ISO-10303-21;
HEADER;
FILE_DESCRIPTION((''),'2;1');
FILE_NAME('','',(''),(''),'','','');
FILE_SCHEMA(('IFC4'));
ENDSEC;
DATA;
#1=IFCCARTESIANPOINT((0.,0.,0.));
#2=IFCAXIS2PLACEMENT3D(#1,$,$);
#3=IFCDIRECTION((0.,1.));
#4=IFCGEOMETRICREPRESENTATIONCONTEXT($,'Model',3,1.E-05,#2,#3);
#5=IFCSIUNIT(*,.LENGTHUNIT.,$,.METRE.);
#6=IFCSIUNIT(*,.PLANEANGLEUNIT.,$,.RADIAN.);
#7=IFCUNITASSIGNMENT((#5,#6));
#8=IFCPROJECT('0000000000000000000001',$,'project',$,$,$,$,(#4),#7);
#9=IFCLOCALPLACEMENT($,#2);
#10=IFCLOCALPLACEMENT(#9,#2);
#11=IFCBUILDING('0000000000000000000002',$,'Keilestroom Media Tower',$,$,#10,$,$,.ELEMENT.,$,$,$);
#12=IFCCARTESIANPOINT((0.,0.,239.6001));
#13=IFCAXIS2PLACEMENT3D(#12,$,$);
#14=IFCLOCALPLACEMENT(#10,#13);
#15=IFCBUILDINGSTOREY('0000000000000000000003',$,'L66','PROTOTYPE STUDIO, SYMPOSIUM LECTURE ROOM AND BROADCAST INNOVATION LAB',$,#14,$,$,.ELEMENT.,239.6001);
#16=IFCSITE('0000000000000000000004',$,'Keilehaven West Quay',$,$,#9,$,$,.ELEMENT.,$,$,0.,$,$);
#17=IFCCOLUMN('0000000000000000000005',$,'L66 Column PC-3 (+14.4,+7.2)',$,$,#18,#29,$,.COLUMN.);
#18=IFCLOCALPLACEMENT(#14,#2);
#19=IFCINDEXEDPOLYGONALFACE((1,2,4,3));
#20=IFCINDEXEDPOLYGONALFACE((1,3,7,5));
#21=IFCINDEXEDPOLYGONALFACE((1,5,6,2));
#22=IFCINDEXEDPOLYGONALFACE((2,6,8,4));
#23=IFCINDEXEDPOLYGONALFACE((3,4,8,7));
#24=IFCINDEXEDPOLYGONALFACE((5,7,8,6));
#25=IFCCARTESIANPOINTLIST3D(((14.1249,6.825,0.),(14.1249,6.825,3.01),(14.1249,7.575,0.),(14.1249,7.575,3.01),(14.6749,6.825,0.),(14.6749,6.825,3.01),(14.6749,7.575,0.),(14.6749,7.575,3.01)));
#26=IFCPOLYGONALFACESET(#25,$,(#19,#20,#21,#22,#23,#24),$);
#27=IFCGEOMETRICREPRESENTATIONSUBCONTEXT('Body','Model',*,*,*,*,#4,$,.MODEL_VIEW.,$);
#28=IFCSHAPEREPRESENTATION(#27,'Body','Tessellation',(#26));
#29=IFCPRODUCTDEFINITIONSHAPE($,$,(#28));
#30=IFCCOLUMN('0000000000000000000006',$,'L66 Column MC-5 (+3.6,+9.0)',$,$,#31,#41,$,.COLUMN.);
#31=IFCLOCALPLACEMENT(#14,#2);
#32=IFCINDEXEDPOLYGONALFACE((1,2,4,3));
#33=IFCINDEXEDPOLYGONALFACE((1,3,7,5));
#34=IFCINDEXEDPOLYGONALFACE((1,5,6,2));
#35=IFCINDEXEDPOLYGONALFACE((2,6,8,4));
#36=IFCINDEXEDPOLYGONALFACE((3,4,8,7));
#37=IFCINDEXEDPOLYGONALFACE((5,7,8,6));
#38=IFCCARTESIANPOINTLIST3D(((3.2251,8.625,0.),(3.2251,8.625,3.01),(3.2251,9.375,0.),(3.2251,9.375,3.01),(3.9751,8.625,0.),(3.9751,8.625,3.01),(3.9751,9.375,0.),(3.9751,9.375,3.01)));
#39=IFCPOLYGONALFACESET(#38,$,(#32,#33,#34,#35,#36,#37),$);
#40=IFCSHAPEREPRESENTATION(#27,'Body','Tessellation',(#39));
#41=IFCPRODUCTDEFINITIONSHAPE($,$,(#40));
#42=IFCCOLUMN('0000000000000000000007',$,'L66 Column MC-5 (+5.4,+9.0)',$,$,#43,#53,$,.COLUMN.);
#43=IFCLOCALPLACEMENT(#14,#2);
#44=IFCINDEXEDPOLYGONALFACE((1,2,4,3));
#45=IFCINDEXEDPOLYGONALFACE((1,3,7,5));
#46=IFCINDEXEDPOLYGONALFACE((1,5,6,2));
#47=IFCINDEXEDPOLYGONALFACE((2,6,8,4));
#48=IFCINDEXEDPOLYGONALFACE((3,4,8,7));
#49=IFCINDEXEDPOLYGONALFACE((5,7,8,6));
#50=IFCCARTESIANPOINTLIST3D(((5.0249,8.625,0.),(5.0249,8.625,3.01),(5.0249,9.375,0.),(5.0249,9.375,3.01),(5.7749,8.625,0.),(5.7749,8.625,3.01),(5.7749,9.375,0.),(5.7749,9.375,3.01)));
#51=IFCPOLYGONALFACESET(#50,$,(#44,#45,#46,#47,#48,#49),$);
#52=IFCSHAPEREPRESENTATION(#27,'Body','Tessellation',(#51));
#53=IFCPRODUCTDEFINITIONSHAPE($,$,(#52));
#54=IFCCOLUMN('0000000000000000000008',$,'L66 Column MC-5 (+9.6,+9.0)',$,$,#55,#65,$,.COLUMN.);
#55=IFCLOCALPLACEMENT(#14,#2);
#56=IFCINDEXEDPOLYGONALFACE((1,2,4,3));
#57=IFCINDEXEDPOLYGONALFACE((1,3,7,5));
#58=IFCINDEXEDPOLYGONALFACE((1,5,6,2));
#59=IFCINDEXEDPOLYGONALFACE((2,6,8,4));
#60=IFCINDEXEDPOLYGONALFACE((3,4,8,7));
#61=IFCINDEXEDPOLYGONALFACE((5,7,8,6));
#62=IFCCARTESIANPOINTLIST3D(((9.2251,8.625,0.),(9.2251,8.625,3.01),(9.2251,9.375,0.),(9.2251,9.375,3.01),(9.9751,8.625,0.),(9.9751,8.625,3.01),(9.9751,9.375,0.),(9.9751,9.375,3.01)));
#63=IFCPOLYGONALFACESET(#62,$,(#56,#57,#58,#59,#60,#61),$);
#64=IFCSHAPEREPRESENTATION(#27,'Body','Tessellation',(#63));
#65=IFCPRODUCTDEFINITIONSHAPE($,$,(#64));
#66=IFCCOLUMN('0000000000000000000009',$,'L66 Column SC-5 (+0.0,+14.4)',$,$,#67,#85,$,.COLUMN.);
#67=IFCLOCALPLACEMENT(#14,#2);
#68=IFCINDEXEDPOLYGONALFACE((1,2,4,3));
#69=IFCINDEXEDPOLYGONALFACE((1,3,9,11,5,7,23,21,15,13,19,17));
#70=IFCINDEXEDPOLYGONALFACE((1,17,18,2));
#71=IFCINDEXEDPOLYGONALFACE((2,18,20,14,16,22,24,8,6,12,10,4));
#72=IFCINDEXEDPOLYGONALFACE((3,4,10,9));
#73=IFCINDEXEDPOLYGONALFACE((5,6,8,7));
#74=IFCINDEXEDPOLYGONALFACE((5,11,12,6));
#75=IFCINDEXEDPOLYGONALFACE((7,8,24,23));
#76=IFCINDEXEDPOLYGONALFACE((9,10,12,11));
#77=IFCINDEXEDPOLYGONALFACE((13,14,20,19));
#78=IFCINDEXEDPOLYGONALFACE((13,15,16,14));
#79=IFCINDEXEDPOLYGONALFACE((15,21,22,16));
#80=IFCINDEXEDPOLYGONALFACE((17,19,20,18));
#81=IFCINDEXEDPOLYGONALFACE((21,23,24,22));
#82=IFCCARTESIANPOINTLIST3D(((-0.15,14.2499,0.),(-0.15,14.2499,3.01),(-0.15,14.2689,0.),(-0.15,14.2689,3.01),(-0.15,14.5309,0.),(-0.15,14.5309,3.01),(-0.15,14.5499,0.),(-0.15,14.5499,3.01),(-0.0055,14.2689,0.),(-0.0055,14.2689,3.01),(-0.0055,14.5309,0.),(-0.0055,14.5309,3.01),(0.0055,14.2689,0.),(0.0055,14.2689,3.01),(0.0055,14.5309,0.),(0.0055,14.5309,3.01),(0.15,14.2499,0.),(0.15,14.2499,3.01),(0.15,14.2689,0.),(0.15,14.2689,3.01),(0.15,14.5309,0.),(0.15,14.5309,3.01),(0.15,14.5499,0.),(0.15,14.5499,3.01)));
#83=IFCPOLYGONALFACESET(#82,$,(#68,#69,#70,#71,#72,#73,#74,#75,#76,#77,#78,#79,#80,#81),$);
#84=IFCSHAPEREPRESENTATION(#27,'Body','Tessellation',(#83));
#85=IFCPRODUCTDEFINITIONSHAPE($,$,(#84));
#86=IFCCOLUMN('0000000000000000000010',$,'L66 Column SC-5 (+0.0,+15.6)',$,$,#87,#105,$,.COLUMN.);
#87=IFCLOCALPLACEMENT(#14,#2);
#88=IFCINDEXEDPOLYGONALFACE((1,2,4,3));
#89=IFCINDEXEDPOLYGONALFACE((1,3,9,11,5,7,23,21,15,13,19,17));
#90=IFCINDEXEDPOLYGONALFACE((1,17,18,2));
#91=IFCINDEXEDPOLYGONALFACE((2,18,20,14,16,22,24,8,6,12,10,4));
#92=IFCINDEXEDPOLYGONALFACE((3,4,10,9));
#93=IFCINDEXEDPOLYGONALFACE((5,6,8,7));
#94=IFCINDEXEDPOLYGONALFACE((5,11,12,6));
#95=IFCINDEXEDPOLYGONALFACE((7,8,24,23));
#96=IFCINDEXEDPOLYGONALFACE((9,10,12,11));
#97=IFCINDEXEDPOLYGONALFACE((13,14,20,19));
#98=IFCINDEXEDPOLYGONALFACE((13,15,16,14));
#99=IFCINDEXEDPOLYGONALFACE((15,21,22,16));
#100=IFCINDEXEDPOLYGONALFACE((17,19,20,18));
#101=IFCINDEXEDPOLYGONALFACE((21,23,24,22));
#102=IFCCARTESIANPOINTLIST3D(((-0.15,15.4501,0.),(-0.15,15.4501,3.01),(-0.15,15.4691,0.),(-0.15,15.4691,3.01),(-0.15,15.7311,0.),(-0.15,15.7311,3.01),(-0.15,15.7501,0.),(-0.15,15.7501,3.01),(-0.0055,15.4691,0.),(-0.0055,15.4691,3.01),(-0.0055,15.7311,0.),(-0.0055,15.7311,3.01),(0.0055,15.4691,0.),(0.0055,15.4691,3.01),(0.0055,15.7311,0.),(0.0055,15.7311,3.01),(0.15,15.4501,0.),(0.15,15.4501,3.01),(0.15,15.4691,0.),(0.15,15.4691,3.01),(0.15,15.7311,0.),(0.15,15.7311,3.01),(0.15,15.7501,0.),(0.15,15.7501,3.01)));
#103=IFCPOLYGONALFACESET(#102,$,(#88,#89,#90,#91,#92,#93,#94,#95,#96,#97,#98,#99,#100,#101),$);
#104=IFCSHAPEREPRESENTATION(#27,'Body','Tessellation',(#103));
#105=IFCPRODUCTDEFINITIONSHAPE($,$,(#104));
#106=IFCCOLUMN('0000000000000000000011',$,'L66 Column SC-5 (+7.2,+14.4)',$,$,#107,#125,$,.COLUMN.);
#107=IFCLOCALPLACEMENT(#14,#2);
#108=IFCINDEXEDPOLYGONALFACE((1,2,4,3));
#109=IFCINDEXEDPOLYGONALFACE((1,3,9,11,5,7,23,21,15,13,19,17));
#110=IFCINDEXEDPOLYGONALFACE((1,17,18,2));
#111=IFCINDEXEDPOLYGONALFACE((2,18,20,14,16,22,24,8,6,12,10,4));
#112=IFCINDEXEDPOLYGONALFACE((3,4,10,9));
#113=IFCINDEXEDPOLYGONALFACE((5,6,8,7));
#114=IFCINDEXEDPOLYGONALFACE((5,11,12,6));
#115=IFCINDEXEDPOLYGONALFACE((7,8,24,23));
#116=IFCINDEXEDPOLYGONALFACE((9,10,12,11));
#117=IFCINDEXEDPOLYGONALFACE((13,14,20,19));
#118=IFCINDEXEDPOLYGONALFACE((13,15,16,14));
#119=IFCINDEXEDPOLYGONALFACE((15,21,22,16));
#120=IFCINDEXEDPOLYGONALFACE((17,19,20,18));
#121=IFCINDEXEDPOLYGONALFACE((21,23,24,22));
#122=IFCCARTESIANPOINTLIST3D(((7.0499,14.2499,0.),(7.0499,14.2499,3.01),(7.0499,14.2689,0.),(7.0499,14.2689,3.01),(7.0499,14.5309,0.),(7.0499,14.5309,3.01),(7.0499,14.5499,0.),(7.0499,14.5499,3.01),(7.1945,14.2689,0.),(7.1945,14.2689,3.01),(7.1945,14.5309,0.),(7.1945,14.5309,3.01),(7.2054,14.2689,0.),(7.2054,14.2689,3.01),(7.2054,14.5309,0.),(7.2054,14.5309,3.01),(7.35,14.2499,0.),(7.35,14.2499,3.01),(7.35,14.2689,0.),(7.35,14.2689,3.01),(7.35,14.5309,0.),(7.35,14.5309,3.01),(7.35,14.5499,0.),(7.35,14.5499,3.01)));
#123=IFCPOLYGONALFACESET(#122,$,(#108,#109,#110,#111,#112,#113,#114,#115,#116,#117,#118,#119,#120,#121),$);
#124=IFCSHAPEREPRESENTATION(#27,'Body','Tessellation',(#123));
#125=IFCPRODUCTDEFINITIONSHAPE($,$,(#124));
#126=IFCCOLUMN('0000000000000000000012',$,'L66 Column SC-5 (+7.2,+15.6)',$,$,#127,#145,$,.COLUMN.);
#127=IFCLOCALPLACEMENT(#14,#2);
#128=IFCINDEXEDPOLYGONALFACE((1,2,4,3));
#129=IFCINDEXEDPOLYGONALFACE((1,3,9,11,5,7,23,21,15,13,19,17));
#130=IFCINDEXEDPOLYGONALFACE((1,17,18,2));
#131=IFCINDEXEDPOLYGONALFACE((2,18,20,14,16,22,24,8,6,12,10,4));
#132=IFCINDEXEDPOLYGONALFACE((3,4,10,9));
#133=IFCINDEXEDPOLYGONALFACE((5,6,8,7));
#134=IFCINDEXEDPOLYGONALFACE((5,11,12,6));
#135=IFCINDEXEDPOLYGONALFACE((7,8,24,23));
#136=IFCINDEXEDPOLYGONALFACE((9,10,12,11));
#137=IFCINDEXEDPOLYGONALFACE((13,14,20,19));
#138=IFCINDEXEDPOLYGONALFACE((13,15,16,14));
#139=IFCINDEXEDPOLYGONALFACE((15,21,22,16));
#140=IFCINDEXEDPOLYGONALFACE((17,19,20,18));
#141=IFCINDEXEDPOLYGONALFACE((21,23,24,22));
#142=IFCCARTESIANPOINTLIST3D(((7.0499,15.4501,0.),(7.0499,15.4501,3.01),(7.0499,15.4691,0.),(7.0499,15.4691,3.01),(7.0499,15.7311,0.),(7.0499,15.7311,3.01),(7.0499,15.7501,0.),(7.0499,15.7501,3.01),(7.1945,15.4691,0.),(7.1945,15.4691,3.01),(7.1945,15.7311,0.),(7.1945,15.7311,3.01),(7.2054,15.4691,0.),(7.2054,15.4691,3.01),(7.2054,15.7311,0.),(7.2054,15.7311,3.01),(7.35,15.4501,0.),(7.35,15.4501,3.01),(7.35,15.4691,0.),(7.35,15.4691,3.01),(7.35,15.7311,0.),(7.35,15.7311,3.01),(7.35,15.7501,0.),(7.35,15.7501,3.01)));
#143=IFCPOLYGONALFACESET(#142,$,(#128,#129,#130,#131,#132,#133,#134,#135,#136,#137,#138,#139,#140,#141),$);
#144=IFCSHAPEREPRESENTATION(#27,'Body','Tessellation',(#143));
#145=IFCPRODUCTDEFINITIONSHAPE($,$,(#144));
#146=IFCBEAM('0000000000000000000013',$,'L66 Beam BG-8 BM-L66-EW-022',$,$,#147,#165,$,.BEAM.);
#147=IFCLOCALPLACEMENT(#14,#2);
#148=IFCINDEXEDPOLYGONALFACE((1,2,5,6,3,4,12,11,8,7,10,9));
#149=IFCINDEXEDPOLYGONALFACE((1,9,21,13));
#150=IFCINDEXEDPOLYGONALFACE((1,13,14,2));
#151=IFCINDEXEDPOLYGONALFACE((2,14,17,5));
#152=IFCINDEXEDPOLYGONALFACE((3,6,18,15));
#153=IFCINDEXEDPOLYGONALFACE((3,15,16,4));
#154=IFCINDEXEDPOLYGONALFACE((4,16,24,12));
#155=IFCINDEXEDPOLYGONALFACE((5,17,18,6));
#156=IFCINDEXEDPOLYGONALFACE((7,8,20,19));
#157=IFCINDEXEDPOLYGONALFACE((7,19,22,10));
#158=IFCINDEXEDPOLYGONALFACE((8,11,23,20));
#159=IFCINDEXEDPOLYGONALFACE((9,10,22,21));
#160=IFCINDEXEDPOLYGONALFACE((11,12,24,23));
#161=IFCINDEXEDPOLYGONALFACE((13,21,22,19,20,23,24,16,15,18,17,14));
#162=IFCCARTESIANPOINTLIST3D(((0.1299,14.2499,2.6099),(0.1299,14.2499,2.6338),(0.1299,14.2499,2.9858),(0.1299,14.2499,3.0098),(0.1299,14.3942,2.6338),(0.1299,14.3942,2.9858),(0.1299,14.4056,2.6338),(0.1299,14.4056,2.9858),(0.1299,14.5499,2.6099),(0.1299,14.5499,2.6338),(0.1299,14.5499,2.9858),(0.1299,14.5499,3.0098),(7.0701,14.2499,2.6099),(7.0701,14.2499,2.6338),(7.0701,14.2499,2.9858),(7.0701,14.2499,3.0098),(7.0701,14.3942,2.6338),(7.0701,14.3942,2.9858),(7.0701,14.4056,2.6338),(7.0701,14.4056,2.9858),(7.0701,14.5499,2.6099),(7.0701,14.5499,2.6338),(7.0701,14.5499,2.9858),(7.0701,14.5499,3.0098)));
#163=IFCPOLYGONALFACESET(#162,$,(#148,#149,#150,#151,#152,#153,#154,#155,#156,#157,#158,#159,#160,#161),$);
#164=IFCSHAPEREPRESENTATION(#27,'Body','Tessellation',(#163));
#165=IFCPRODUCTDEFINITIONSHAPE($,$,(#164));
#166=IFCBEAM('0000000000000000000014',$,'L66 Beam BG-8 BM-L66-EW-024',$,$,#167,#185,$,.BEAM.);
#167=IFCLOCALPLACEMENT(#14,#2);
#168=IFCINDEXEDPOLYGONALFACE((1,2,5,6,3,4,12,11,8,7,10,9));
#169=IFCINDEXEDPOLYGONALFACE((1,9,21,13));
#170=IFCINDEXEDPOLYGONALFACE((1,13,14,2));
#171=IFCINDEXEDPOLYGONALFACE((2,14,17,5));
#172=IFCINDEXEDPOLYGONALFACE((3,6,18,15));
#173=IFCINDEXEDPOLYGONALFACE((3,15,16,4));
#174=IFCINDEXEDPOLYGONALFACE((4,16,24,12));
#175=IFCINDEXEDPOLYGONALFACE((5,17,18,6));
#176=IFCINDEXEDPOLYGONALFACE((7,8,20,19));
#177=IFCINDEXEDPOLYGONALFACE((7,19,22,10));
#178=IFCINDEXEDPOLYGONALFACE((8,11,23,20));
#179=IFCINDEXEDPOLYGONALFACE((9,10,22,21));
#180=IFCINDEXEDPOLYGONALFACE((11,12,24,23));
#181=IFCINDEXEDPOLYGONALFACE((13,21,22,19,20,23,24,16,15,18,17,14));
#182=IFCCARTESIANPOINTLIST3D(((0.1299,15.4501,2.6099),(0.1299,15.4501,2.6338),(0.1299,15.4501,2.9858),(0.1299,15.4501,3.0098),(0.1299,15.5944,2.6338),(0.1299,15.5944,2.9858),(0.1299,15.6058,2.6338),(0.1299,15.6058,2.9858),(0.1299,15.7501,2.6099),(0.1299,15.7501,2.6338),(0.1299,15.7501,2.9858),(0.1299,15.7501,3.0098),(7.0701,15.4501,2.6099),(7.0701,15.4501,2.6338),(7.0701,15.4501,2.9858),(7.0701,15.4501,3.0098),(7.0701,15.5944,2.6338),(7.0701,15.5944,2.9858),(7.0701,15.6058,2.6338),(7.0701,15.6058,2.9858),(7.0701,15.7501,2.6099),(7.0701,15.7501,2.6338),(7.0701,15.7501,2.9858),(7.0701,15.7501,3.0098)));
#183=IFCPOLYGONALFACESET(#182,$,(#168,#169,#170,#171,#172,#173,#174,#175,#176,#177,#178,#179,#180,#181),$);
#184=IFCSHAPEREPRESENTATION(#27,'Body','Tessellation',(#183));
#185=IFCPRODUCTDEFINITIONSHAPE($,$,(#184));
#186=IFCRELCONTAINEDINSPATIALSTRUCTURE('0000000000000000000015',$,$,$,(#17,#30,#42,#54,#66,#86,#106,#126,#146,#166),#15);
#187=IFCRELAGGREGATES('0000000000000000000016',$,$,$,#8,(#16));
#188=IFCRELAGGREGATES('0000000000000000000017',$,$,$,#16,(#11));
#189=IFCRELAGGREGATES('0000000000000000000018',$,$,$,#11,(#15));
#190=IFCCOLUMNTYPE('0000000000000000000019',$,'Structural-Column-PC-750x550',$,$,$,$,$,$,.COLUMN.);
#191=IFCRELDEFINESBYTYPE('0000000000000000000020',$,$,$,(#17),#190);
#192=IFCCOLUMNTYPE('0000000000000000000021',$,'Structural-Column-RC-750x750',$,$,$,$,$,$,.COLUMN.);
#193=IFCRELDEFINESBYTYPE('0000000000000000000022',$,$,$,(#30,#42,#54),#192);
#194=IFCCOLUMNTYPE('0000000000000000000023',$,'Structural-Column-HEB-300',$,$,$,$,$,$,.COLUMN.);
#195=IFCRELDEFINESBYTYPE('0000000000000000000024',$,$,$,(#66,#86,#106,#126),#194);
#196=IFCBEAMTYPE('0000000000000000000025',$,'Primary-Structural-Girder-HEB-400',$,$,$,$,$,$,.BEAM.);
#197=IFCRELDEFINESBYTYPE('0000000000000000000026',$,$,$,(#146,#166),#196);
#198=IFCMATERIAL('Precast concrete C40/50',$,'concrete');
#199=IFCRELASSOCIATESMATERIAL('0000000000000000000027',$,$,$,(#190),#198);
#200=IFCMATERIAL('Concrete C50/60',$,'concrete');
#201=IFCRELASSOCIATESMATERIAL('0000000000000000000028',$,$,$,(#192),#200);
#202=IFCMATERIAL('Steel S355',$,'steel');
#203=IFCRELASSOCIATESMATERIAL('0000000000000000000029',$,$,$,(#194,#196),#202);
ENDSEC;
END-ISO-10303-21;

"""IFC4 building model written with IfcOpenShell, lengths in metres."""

from ifc_helpers import new_model, si_unit, direction, frame, origin, origin_2d, place, context, subcontext, project, spatial, rectangle, i_section, extrude, source, transform, mapped, material, material_profile, profile_set, type_object, element, save


model = new_model("IFC4")

# Units and contexts
model_context = context("Model", 3, precision=1e-05, world=origin(), true_north=direction((0.0, 1.0)))
body_context = subcontext(model_context, "Body", "Model", "MODEL_VIEW")
ifc_project = project(units=[si_unit("LENGTHUNIT", "METRE"), si_unit("PLANEANGLEUNIT", "RADIAN")], contexts=[model_context])

# Site, building, storey
site_placement = place(None, origin())
site = spatial("IfcSite", under=ifc_project, at=site_placement, Name="Keilehaven West Quay", CompositionType="ELEMENT", RefElevation=0.0)
building_placement = place(site_placement, origin())
building = spatial("IfcBuilding", under=site, at=building_placement, Name="Keilestroom Media Tower", CompositionType="ELEMENT")
storey_placement = place(building_placement, frame((0.0, 0.0, 239.6001)))
storey = spatial("IfcBuildingStorey", under=building, at=storey_placement, Name="L66", Description="PROTOTYPE STUDIO, SYMPOSIUM LECTURE ROOM AND BROADCAST INNOVATION LAB", CompositionType="ELEMENT", Elevation=239.6001)

# Columns
ifc_material_1 = material(Name="Precast concrete C40/50", Category="concrete")
ifc_material_profile_1 = material_profile(ifc_material_1, rectangle(XDim=0.55, YDim=0.75, at=origin_2d()), Name="PC 750x550")
ifc_profile_set_1 = profile_set([ifc_material_profile_1], Name="Precast concrete C40/50")
column_type_1 = type_object("IfcColumnType", Name="Structural-Column-PC-750x550", PredefinedType="COLUMN", material=ifc_profile_set_1)
shared_shape_1 = source(origin(), body_context, "Body", "SweptSolid", [
    extrude(rectangle(XDim=0.55, YDim=0.75, at=origin_2d()), origin(), (0.0, 0.0, 1.0), 3.01),
])
column_placement = place(storey_placement, frame((14.3999, 7.2, 0.0), z_axis=(0.0, 0.0, 1.0), x_axis=(1.0, 0.0, 0.0)))
element("IfcColumn", 1, at=column_placement, inside=storey, type_object=column_type_1, Name="L66 Column PC-3 (+14.4,+7.2)", PredefinedType="COLUMN", context=body_context, shape_type="MappedRepresentation", body=[
    mapped(shared_shape_1, transform((0.0, 0.0, 0.0), x_axis=(1.0, 0.0, 0.0), y_axis=(0.0, 1.0, 0.0), z_axis=(0.0, 0.0, 1.0), scale=1.0)),
])
ifc_material_2 = material(Name="Concrete C50/60", Category="concrete")
ifc_material_profile_2 = material_profile(ifc_material_2, rectangle(XDim=0.75, YDim=0.75, at=origin_2d()), Name="RC 750x750")
ifc_profile_set_2 = profile_set([ifc_material_profile_2], Name="Concrete C50/60")
column_type_2 = type_object("IfcColumnType", Name="Structural-Column-RC-750x750", PredefinedType="COLUMN", material=ifc_profile_set_2)
shared_shape_2 = source(origin(), body_context, "Body", "SweptSolid", [
    extrude(rectangle(XDim=0.75, YDim=0.75, at=origin_2d()), origin(), (0.0, 0.0, 1.0), 3.01),
])
for number, where, z_axis, x_axis, name in (
    (2, (3.6001, 9.0, 0.0), (0.0, 0.0, 1.0), (1.0, 0.0, 0.0), "L66 Column MC-5 (+3.6,+9.0)"),
    (3, (5.3999, 9.0, 0.0), (0.0, 0.0, 1.0), (1.0, 0.0, 0.0), "L66 Column MC-5 (+5.4,+9.0)"),
    (4, (9.6001, 9.0, 0.0), (0.0, 0.0, 1.0), (1.0, 0.0, 0.0), "L66 Column MC-5 (+9.6,+9.0)"),
):
    element("IfcColumn", number, at=place(storey_placement, frame(where, z_axis=z_axis, x_axis=x_axis)), inside=storey, type_object=column_type_2, Name=name, PredefinedType="COLUMN", context=body_context, shape_type="MappedRepresentation", body=[
        mapped(shared_shape_2, transform((0.0, 0.0, 0.0), x_axis=(1.0, 0.0, 0.0), y_axis=(0.0, 1.0, 0.0), z_axis=(0.0, 0.0, 1.0), scale=1.0)),
    ])
ifc_material_3 = material(Name="Steel S355", Category="steel")
ifc_material_profile_3 = material_profile(ifc_material_3, i_section(OverallWidth=0.3, OverallDepth=0.3, WebThickness=0.011, FlangeThickness=0.019, at=origin_2d()), Name="HEB 300")
ifc_profile_set_3 = profile_set([ifc_material_profile_3], Name="Steel S355")
column_type_3 = type_object("IfcColumnType", Name="Structural-Column-HEB-300", PredefinedType="COLUMN", material=ifc_profile_set_3)
shared_shape_3 = source(origin(), body_context, "Body", "SweptSolid", [
    extrude(i_section(OverallWidth=0.3, OverallDepth=0.3, WebThickness=0.011, FlangeThickness=0.019, at=origin_2d()), origin(), (0.0, 0.0, 1.0), 3.01),
])
for number, where, z_axis, x_axis, name in (
    (5, (0.0, 14.3999, 0.0), (0.0, 0.0, 1.0), (1.0, 0.0, 0.0), "L66 Column SC-5 (+0.0,+14.4)"),
    (6, (0.0, 15.6001, 0.0), (0.0, 0.0, 1.0), (1.0, 0.0, 0.0), "L66 Column SC-5 (+0.0,+15.6)"),
    (7, (7.2, 14.3999, 0.0), (0.0, 0.0, 1.0), (1.0, 0.0, 0.0), "L66 Column SC-5 (+7.2,+14.4)"),
    (8, (7.2, 15.6001, 0.0), (0.0, 0.0, 1.0), (1.0, 0.0, 0.0), "L66 Column SC-5 (+7.2,+15.6)"),
):
    element("IfcColumn", number, at=place(storey_placement, frame(where, z_axis=z_axis, x_axis=x_axis)), inside=storey, type_object=column_type_3, Name=name, PredefinedType="COLUMN", context=body_context, shape_type="MappedRepresentation", body=[
        mapped(shared_shape_3, transform((0.0, 0.0, 0.0), x_axis=(1.0, 0.0, 0.0), y_axis=(0.0, 1.0, 0.0), z_axis=(0.0, 0.0, 1.0), scale=1.0)),
    ])

# Beams
ifc_material_profile_4 = material_profile(ifc_material_3, i_section(OverallWidth=0.3, OverallDepth=0.3999, WebThickness=0.0115, FlangeThickness=0.0239, at=origin_2d()), Name="HEB 400")
ifc_profile_set_4 = profile_set([ifc_material_profile_4], Name="Steel S355")
beam_type = type_object("IfcBeamType", Name="Primary-Structural-Girder-HEB-400", PredefinedType="BEAM", material=ifc_profile_set_4)
shared_shape_4 = source(origin(), body_context, "Body", "SweptSolid", [
    extrude(i_section(OverallWidth=0.3, OverallDepth=0.3999, WebThickness=0.0115, FlangeThickness=0.0239, at=origin_2d()), origin(), (0.0, 0.0, 1.0), 6.9402),
])
for number, where, z_axis, x_axis, name in (
    (9, (0.1299, 14.3999, 2.8098), (1.0, 0.0, 0.0), (0.0, 1.0, 0.0), "L66 Beam BG-8 BM-L66-EW-022"),
    (10, (0.1299, 15.6001, 2.8098), (1.0, 0.0, 0.0), (0.0, 1.0, 0.0), "L66 Beam BG-8 BM-L66-EW-024"),
):
    element("IfcBeam", number, at=place(storey_placement, frame(where, z_axis=z_axis, x_axis=x_axis)), inside=storey, type_object=beam_type, Name=name, PredefinedType="BEAM", context=body_context, shape_type="MappedRepresentation", body=[
        mapped(shared_shape_4, transform((0.0, 0.0, 0.0), x_axis=(1.0, 0.0, 0.0), y_axis=(0.0, 1.0, 0.0), z_axis=(0.0, 0.0, 1.0), scale=1.0)),
    ])

save(model, "model.ifc")
